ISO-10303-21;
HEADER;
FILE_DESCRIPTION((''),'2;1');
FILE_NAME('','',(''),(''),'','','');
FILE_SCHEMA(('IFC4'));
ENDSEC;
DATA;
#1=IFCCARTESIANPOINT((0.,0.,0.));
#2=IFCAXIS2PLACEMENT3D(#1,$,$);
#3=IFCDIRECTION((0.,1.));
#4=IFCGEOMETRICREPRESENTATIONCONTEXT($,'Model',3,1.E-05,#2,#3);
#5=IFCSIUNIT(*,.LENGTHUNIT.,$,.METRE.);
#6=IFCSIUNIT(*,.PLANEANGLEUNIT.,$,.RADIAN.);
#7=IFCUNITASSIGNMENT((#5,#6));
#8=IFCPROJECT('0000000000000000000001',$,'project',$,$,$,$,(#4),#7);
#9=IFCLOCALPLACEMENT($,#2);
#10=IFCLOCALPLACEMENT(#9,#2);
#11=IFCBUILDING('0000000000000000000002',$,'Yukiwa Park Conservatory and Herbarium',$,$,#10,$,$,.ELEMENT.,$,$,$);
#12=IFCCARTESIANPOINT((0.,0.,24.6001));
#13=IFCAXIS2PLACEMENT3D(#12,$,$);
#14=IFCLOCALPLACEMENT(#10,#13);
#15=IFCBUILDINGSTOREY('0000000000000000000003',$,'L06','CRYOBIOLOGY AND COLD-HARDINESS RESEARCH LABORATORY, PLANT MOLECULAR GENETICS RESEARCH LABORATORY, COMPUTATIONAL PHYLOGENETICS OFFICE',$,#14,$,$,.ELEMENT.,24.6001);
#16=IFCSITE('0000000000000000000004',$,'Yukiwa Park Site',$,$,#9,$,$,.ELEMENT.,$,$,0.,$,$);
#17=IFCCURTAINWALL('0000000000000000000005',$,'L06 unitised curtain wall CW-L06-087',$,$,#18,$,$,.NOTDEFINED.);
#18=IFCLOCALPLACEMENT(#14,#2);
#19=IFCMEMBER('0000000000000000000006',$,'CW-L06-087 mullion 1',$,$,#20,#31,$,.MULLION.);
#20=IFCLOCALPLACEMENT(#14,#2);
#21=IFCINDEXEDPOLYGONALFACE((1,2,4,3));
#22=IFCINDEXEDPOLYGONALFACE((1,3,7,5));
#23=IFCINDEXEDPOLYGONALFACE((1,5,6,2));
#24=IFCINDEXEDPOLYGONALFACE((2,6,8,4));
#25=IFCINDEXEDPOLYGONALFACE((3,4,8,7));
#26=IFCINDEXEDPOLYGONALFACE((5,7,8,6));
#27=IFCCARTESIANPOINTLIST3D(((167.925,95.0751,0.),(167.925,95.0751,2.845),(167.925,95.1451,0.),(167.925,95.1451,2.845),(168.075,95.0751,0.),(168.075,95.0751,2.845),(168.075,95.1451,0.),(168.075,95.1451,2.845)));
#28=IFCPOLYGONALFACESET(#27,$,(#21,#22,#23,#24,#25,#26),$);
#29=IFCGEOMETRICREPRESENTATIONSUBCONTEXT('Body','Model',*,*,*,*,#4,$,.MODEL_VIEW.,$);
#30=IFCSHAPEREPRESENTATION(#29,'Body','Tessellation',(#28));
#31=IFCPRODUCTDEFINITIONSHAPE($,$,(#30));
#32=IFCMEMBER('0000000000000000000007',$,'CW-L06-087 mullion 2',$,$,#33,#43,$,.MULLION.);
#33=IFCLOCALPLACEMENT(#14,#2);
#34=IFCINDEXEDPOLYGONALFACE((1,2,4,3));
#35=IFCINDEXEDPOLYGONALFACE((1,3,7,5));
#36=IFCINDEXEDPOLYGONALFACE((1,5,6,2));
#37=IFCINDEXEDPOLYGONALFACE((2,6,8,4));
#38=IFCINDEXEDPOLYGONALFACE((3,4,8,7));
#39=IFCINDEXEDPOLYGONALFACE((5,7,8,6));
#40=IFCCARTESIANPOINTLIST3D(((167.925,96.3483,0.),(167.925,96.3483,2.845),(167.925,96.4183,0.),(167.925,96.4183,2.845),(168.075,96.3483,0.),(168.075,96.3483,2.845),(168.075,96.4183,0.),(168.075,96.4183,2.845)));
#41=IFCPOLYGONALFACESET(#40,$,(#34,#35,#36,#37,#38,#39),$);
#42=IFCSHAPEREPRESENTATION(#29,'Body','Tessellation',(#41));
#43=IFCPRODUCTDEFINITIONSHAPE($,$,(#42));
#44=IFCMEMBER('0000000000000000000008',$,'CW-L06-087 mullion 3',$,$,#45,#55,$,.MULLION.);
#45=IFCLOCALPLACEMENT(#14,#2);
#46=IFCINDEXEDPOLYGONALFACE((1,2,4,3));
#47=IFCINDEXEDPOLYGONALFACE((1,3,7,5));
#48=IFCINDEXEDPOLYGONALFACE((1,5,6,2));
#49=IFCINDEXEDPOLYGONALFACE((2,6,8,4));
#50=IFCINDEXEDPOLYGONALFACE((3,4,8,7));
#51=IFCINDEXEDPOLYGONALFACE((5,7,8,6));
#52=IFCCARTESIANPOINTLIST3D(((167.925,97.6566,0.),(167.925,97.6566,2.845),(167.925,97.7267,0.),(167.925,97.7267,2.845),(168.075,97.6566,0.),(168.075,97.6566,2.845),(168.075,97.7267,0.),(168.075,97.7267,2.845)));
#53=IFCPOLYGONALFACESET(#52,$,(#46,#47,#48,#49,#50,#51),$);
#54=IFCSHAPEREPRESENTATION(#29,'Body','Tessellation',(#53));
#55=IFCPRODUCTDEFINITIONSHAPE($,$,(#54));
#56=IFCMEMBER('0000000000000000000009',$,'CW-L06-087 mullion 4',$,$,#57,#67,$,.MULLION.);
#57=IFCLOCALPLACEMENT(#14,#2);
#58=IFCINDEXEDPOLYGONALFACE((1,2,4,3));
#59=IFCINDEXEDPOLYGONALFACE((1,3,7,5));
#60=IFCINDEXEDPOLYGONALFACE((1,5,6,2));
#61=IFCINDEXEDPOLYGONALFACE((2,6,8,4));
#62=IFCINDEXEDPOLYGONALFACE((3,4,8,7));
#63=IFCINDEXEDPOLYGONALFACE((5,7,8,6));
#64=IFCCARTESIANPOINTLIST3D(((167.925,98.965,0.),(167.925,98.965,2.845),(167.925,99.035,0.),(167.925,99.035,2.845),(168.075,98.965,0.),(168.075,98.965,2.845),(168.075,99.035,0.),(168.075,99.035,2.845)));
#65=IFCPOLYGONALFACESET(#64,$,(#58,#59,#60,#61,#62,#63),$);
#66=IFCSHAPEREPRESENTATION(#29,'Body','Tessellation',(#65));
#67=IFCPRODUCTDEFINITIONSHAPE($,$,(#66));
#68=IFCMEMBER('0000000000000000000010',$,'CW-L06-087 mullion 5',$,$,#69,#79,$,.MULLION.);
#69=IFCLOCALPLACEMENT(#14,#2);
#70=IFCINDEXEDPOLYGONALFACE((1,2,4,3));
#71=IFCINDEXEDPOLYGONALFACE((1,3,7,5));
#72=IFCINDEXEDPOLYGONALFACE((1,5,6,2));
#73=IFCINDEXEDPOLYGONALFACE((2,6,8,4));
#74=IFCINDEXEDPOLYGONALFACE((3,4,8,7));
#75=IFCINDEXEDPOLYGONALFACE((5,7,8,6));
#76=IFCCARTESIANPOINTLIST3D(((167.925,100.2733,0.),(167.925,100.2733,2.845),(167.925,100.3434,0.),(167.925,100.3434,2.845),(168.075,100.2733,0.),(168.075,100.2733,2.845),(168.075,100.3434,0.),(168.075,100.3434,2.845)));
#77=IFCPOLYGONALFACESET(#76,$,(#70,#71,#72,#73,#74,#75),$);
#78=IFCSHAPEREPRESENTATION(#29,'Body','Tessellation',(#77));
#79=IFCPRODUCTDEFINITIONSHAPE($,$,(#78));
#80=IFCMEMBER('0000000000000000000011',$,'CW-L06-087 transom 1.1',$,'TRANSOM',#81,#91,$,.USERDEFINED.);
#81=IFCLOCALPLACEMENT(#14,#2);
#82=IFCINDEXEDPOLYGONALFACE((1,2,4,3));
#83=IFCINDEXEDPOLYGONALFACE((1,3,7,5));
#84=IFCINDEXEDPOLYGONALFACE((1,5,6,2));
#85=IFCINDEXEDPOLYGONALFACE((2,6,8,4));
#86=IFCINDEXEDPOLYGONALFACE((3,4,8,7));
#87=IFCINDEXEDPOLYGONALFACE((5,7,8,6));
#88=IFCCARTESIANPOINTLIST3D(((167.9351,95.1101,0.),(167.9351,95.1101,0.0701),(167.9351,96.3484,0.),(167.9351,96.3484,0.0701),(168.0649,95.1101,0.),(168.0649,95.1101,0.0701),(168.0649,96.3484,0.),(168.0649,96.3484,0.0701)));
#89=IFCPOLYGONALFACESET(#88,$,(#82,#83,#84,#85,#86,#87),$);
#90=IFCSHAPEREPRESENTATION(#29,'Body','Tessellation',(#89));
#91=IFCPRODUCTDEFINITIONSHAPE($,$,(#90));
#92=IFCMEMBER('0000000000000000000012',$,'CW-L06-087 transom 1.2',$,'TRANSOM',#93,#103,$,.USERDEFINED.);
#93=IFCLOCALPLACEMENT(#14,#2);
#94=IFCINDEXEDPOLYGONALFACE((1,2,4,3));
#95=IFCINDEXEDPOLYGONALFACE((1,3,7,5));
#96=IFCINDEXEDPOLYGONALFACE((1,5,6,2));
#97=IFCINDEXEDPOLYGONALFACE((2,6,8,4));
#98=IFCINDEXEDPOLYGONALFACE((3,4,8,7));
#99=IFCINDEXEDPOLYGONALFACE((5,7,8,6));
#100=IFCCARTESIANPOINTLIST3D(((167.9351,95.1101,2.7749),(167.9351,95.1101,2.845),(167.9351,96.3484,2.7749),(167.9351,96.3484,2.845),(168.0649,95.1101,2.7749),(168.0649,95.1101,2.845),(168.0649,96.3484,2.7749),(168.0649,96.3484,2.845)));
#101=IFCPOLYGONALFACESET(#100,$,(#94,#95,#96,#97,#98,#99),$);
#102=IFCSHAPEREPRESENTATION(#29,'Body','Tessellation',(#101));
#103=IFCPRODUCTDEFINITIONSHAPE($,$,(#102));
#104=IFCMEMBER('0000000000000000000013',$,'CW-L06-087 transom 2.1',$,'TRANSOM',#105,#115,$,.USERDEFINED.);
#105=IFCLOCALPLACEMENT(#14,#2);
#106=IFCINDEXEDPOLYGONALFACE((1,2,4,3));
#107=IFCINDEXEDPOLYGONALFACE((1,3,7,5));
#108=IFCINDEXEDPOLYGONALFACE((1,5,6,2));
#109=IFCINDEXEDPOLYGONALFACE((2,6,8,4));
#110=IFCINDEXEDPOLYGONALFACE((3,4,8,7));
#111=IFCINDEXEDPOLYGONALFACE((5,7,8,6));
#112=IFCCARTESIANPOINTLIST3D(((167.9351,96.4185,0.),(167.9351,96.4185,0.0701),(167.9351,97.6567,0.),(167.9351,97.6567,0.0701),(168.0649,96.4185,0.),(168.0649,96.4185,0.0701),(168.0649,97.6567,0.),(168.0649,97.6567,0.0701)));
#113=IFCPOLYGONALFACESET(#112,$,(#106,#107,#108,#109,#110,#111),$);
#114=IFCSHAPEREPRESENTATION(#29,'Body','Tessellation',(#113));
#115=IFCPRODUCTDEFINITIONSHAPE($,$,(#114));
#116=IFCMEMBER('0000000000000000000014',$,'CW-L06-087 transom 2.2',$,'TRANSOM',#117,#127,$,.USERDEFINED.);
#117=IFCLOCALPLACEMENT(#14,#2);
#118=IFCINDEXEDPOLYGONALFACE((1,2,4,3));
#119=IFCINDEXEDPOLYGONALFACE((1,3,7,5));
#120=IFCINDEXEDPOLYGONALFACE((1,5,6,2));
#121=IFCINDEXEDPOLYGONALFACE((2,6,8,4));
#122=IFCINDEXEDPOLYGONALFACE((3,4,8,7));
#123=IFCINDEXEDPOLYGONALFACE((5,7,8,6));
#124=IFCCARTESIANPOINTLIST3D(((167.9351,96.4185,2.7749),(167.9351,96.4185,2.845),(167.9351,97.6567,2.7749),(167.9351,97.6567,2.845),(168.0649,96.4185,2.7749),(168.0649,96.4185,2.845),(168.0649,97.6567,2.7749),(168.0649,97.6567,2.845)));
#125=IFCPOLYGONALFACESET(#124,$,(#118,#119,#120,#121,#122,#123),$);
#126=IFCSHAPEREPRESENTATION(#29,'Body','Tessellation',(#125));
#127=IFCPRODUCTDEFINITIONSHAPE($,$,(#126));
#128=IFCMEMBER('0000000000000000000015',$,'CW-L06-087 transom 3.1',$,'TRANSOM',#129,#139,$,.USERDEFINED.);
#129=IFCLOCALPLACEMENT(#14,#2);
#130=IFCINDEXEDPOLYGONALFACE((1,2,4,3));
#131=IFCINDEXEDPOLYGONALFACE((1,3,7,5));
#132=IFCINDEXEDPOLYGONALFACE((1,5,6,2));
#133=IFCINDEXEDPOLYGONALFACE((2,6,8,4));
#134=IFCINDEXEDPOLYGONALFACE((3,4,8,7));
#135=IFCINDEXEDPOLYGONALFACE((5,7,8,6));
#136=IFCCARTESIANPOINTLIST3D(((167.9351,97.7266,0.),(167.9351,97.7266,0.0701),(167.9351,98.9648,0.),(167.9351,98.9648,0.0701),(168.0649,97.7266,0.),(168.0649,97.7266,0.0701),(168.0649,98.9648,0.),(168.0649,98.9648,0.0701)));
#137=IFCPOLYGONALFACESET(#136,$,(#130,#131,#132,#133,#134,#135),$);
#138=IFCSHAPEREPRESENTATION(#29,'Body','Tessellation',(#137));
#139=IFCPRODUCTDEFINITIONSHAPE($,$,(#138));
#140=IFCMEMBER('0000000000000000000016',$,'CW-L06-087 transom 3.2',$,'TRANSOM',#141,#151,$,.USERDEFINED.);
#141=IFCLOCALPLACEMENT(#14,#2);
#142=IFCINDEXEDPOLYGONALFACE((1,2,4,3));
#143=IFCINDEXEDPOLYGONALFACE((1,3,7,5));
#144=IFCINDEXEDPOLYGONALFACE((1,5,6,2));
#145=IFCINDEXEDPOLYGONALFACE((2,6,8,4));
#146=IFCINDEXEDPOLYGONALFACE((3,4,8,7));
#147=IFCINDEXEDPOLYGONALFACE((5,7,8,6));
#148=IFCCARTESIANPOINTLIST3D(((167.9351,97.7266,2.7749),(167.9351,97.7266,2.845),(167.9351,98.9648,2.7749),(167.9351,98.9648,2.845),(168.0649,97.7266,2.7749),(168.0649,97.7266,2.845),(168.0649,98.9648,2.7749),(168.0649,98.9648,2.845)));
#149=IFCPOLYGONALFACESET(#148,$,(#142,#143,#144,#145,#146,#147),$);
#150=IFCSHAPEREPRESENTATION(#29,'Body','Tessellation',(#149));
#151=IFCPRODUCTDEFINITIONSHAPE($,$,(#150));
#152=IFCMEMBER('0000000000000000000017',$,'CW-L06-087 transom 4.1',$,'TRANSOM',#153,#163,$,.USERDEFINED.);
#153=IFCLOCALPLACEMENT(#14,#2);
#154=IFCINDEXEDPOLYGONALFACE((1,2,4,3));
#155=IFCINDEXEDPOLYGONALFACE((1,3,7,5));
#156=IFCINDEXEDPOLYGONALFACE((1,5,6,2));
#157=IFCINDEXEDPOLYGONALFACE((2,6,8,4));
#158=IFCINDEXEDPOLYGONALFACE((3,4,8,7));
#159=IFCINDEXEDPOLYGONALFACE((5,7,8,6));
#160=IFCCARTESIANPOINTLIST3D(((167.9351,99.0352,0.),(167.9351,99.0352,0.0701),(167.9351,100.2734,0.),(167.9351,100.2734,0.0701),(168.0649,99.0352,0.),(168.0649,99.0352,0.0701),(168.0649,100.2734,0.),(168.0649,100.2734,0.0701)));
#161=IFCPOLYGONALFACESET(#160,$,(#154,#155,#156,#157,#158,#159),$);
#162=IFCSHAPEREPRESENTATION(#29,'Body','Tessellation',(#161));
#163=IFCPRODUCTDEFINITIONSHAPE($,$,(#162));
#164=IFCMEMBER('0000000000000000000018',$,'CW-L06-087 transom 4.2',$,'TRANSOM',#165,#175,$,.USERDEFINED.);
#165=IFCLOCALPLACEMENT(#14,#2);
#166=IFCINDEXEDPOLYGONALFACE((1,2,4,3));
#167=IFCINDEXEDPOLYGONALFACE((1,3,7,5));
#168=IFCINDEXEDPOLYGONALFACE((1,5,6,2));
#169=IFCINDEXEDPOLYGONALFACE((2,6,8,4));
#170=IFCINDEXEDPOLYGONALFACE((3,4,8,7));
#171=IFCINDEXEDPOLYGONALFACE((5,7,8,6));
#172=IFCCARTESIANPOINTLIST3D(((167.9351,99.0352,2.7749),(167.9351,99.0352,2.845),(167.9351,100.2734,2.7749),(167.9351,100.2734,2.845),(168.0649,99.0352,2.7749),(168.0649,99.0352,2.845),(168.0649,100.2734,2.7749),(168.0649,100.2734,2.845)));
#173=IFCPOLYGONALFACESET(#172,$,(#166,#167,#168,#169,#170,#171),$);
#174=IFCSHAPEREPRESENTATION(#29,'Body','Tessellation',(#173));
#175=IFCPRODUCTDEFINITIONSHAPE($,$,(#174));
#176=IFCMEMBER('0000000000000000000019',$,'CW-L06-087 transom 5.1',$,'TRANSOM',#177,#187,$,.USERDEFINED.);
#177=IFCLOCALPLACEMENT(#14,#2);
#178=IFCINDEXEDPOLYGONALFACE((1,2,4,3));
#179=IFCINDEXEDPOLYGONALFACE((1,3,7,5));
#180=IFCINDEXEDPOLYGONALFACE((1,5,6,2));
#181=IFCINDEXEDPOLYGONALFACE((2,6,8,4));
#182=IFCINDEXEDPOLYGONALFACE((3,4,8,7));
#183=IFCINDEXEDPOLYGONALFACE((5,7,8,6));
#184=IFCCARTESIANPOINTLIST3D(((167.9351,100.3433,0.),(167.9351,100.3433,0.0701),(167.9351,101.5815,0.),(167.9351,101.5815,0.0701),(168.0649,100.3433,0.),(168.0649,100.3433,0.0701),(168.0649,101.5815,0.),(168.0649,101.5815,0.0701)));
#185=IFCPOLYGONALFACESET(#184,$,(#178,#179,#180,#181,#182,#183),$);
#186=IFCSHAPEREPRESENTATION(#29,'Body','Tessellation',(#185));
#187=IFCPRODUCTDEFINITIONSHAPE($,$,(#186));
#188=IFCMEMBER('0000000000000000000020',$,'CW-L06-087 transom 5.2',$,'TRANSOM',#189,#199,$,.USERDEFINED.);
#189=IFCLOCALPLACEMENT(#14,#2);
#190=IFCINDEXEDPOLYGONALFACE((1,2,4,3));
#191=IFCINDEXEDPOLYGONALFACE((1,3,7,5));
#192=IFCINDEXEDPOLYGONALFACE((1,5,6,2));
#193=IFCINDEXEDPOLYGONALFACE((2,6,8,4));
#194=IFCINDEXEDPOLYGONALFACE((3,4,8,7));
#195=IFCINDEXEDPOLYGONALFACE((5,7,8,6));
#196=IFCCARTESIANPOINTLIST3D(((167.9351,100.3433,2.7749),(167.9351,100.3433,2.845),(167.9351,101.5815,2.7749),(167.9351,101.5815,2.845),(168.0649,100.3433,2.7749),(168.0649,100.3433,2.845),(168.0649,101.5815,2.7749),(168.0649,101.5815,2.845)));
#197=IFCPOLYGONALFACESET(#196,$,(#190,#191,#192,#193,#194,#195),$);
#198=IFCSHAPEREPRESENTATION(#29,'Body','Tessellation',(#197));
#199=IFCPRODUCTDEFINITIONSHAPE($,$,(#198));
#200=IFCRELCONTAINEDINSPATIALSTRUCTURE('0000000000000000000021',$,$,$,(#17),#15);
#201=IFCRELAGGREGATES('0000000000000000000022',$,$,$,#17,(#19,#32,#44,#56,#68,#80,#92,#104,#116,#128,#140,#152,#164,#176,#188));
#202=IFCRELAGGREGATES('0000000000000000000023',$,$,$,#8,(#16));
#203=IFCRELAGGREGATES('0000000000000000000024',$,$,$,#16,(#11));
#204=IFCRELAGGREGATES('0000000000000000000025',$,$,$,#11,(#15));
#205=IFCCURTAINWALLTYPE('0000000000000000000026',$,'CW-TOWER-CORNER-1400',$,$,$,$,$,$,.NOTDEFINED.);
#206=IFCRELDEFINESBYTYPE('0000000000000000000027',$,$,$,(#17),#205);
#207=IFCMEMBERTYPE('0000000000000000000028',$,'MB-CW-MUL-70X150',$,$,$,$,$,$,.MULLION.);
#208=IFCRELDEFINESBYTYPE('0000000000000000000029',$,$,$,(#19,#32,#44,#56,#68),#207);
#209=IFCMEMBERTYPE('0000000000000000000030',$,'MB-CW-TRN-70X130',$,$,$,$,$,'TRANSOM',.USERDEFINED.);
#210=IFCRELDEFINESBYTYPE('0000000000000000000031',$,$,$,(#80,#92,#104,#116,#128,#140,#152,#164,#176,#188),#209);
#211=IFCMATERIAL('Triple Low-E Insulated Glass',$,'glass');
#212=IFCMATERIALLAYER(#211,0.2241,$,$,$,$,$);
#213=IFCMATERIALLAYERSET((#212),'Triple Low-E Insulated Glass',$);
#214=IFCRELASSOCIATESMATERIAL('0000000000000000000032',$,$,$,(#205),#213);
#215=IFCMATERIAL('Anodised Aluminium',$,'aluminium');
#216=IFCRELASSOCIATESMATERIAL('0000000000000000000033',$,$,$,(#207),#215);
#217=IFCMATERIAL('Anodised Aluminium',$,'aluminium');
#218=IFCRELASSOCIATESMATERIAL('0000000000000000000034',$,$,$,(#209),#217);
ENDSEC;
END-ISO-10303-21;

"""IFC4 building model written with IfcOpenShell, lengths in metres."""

from ifc_helpers import new_model, si_unit, direction, frame, origin, origin_2d, place, context, subcontext, project, spatial, rectangle, extrude, material, layer, layer_set, type_object, element, aggregate, save


model = new_model("IFC4")

# Units and contexts
model_context = context("Model", 3, precision=1e-05, world=origin(), true_north=direction((0.0, 1.0)))
body_context = subcontext(model_context, "Body", "Model", "MODEL_VIEW")
ifc_project = project(units=[si_unit("LENGTHUNIT", "METRE"), si_unit("PLANEANGLEUNIT", "RADIAN")], contexts=[model_context])

# Site, building, storey
site_placement = place(None, origin())
site = spatial("IfcSite", under=ifc_project, at=site_placement, Name="Yukiwa Park Site", CompositionType="ELEMENT", RefElevation=0.0)
building_placement = place(site_placement, origin())
building = spatial("IfcBuilding", under=site, at=building_placement, Name="Yukiwa Park Conservatory and Herbarium", CompositionType="ELEMENT")
storey_placement = place(building_placement, frame((0.0, 0.0, 24.6001)))
storey = spatial("IfcBuildingStorey", under=building, at=storey_placement, Name="L06", Description="CRYOBIOLOGY AND COLD-HARDINESS RESEARCH LABORATORY, PLANT MOLECULAR GENETICS RESEARCH LABORATORY, COMPUTATIONAL PHYLOGENETICS OFFICE", CompositionType="ELEMENT", Elevation=24.6001)

# Curtain wall, members
ifc_material_1 = material(Name="Triple Low-E Insulated Glass", Category="glass")
ifc_layer_1 = layer(ifc_material_1, 0.2241)
ifc_layer_set_1 = layer_set([ifc_layer_1], Name="Triple Low-E Insulated Glass")
curtain_wall_type = type_object("IfcCurtainWallType", Name="CW-TOWER-CORNER-1400", PredefinedType="NOTDEFINED", material=ifc_layer_set_1)
curtain_wall_placement = place(storey_placement, origin())
curtain_wall = element("IfcCurtainWall", 1, at=curtain_wall_placement, inside=storey, type_object=curtain_wall_type, Name="L06 unitised curtain wall CW-L06-087", PredefinedType="NOTDEFINED")
ifc_material_2 = material(Name="Anodised Aluminium", Category="aluminium")
member_type_1 = type_object("IfcMemberType", Name="MB-CW-MUL-70X150", PredefinedType="MULLION", material=ifc_material_2)
member_1_placement = place(storey_placement, frame((168.0, 95.1101, 0.0), z_axis=(0.0, 0.0, 1.0), x_axis=(0.0, 1.0, 0.0)))
member_1 = element("IfcMember", 2, at=member_1_placement, type_object=member_type_1, Name="CW-L06-087 mullion 1", PredefinedType="MULLION", context=body_context, shape_type="SweptSolid", body=[
    extrude(rectangle(XDim=0.0701, YDim=0.1499, at=origin_2d()), origin(), (0.0, 0.0, 1.0), 2.845),
])
member_2_placement = place(storey_placement, frame((168.0, 96.3833, 0.0), z_axis=(0.0, 0.0, 1.0), x_axis=(0.0, 1.0, 0.0)))
member_2 = element("IfcMember", 3, at=member_2_placement, type_object=member_type_1, Name="CW-L06-087 mullion 2", PredefinedType="MULLION", context=body_context, shape_type="SweptSolid", body=[
    extrude(rectangle(XDim=0.0701, YDim=0.1499, at=origin_2d()), origin(), (0.0, 0.0, 1.0), 2.845),
])
member_3_placement = place(storey_placement, frame((168.0, 97.6917, 0.0), z_axis=(0.0, 0.0, 1.0), x_axis=(0.0, 1.0, 0.0)))
member_3 = element("IfcMember", 4, at=member_3_placement, type_object=member_type_1, Name="CW-L06-087 mullion 3", PredefinedType="MULLION", context=body_context, shape_type="SweptSolid", body=[
    extrude(rectangle(XDim=0.0701, YDim=0.1499, at=origin_2d()), origin(), (0.0, 0.0, 1.0), 2.845),
])
member_4_placement = place(storey_placement, frame((168.0, 99.0, 0.0), z_axis=(0.0, 0.0, 1.0), x_axis=(0.0, 1.0, 0.0)))
member_4 = element("IfcMember", 5, at=member_4_placement, type_object=member_type_1, Name="CW-L06-087 mullion 4", PredefinedType="MULLION", context=body_context, shape_type="SweptSolid", body=[
    extrude(rectangle(XDim=0.0701, YDim=0.1499, at=origin_2d()), origin(), (0.0, 0.0, 1.0), 2.845),
])
member_5_placement = place(storey_placement, frame((168.0, 100.3083, 0.0), z_axis=(0.0, 0.0, 1.0), x_axis=(0.0, 1.0, 0.0)))
member_5 = element("IfcMember", 6, at=member_5_placement, type_object=member_type_1, Name="CW-L06-087 mullion 5", PredefinedType="MULLION", context=body_context, shape_type="SweptSolid", body=[
    extrude(rectangle(XDim=0.0701, YDim=0.1499, at=origin_2d()), origin(), (0.0, 0.0, 1.0), 2.845),
])
ifc_material_3 = material(Name="Anodised Aluminium", Category="aluminium")
member_type_2 = type_object("IfcMemberType", Name="MB-CW-TRN-70X130", ElementType="TRANSOM", PredefinedType="USERDEFINED", material=ifc_material_3)
member_6_placement = place(storey_placement, frame((168.0, 95.7292, 0.0), z_axis=(0.0, 0.0, 1.0), x_axis=(0.0, 1.0, 0.0)))
member_6 = element("IfcMember", 7, at=member_6_placement, type_object=member_type_2, Name="CW-L06-087 transom 1.1", ObjectType="TRANSOM", PredefinedType="USERDEFINED", context=body_context, shape_type="SweptSolid", body=[
    extrude(rectangle(XDim=1.2383, YDim=0.1299, at=origin_2d()), origin(), (0.0, 0.0, 1.0), 0.0701),
])
member_7_placement = place(storey_placement, frame((168.0, 95.7292, 2.7749), z_axis=(0.0, 0.0, 1.0), x_axis=(0.0, 1.0, 0.0)))
member_7 = element("IfcMember", 8, at=member_7_placement, type_object=member_type_2, Name="CW-L06-087 transom 1.2", ObjectType="TRANSOM", PredefinedType="USERDEFINED", context=body_context, shape_type="SweptSolid", body=[
    extrude(rectangle(XDim=1.2383, YDim=0.1299, at=origin_2d()), origin(), (0.0, 0.0, 1.0), 0.0701),
])
member_8_placement = place(storey_placement, frame((168.0, 97.0376, 0.0), z_axis=(0.0, 0.0, 1.0), x_axis=(0.0, 1.0, 0.0)))
member_8 = element("IfcMember", 9, at=member_8_placement, type_object=member_type_2, Name="CW-L06-087 transom 2.1", ObjectType="TRANSOM", PredefinedType="USERDEFINED", context=body_context, shape_type="SweptSolid", body=[
    extrude(rectangle(XDim=1.2383, YDim=0.1299, at=origin_2d()), origin(), (0.0, 0.0, 1.0), 0.0701),
])
member_9_placement = place(storey_placement, frame((168.0, 97.0376, 2.7749), z_axis=(0.0, 0.0, 1.0), x_axis=(0.0, 1.0, 0.0)))
member_9 = element("IfcMember", 10, at=member_9_placement, type_object=member_type_2, Name="CW-L06-087 transom 2.2", ObjectType="TRANSOM", PredefinedType="USERDEFINED", context=body_context, shape_type="SweptSolid", body=[
    extrude(rectangle(XDim=1.2383, YDim=0.1299, at=origin_2d()), origin(), (0.0, 0.0, 1.0), 0.0701),
])
member_10_placement = place(storey_placement, frame((168.0, 98.3457, 0.0), z_axis=(0.0, 0.0, 1.0), x_axis=(0.0, 1.0, 0.0)))
member_10 = element("IfcMember", 11, at=member_10_placement, type_object=member_type_2, Name="CW-L06-087 transom 3.1", ObjectType="TRANSOM", PredefinedType="USERDEFINED", context=body_context, shape_type="SweptSolid", body=[
    extrude(rectangle(XDim=1.2383, YDim=0.1299, at=origin_2d()), origin(), (0.0, 0.0, 1.0), 0.0701),
])
member_11_placement = place(storey_placement, frame((168.0, 98.3457, 2.7749), z_axis=(0.0, 0.0, 1.0), x_axis=(0.0, 1.0, 0.0)))
member_11 = element("IfcMember", 12, at=member_11_placement, type_object=member_type_2, Name="CW-L06-087 transom 3.2", ObjectType="TRANSOM", PredefinedType="USERDEFINED", context=body_context, shape_type="SweptSolid", body=[
    extrude(rectangle(XDim=1.2383, YDim=0.1299, at=origin_2d()), origin(), (0.0, 0.0, 1.0), 0.0701),
])
member_12_placement = place(storey_placement, frame((168.0, 99.6543, 0.0), z_axis=(0.0, 0.0, 1.0), x_axis=(0.0, 1.0, 0.0)))
member_12 = element("IfcMember", 13, at=member_12_placement, type_object=member_type_2, Name="CW-L06-087 transom 4.1", ObjectType="TRANSOM", PredefinedType="USERDEFINED", context=body_context, shape_type="SweptSolid", body=[
    extrude(rectangle(XDim=1.2383, YDim=0.1299, at=origin_2d()), origin(), (0.0, 0.0, 1.0), 0.0701),
])
member_13_placement = place(storey_placement, frame((168.0, 99.6543, 2.7749), z_axis=(0.0, 0.0, 1.0), x_axis=(0.0, 1.0, 0.0)))
member_13 = element("IfcMember", 14, at=member_13_placement, type_object=member_type_2, Name="CW-L06-087 transom 4.2", ObjectType="TRANSOM", PredefinedType="USERDEFINED", context=body_context, shape_type="SweptSolid", body=[
    extrude(rectangle(XDim=1.2383, YDim=0.1299, at=origin_2d()), origin(), (0.0, 0.0, 1.0), 0.0701),
])
member_14_placement = place(storey_placement, frame((168.0, 100.9624, 0.0), z_axis=(0.0, 0.0, 1.0), x_axis=(0.0, 1.0, 0.0)))
member_14 = element("IfcMember", 15, at=member_14_placement, type_object=member_type_2, Name="CW-L06-087 transom 5.1", ObjectType="TRANSOM", PredefinedType="USERDEFINED", context=body_context, shape_type="SweptSolid", body=[
    extrude(rectangle(XDim=1.2383, YDim=0.1299, at=origin_2d()), origin(), (0.0, 0.0, 1.0), 0.0701),
])
member_15_placement = place(storey_placement, frame((168.0, 100.9624, 2.7749), z_axis=(0.0, 0.0, 1.0), x_axis=(0.0, 1.0, 0.0)))
member_15 = element("IfcMember", 16, at=member_15_placement, type_object=member_type_2, Name="CW-L06-087 transom 5.2", ObjectType="TRANSOM", PredefinedType="USERDEFINED", context=body_context, shape_type="SweptSolid", body=[
    extrude(rectangle(XDim=1.2383, YDim=0.1299, at=origin_2d()), origin(), (0.0, 0.0, 1.0), 0.0701),
])
aggregate(curtain_wall, [member_1, member_2, member_3, member_4, member_5, member_6, member_7, member_8, member_9, member_10, member_11, member_12, member_13, member_14, member_15])

save(model, "model.ifc")
